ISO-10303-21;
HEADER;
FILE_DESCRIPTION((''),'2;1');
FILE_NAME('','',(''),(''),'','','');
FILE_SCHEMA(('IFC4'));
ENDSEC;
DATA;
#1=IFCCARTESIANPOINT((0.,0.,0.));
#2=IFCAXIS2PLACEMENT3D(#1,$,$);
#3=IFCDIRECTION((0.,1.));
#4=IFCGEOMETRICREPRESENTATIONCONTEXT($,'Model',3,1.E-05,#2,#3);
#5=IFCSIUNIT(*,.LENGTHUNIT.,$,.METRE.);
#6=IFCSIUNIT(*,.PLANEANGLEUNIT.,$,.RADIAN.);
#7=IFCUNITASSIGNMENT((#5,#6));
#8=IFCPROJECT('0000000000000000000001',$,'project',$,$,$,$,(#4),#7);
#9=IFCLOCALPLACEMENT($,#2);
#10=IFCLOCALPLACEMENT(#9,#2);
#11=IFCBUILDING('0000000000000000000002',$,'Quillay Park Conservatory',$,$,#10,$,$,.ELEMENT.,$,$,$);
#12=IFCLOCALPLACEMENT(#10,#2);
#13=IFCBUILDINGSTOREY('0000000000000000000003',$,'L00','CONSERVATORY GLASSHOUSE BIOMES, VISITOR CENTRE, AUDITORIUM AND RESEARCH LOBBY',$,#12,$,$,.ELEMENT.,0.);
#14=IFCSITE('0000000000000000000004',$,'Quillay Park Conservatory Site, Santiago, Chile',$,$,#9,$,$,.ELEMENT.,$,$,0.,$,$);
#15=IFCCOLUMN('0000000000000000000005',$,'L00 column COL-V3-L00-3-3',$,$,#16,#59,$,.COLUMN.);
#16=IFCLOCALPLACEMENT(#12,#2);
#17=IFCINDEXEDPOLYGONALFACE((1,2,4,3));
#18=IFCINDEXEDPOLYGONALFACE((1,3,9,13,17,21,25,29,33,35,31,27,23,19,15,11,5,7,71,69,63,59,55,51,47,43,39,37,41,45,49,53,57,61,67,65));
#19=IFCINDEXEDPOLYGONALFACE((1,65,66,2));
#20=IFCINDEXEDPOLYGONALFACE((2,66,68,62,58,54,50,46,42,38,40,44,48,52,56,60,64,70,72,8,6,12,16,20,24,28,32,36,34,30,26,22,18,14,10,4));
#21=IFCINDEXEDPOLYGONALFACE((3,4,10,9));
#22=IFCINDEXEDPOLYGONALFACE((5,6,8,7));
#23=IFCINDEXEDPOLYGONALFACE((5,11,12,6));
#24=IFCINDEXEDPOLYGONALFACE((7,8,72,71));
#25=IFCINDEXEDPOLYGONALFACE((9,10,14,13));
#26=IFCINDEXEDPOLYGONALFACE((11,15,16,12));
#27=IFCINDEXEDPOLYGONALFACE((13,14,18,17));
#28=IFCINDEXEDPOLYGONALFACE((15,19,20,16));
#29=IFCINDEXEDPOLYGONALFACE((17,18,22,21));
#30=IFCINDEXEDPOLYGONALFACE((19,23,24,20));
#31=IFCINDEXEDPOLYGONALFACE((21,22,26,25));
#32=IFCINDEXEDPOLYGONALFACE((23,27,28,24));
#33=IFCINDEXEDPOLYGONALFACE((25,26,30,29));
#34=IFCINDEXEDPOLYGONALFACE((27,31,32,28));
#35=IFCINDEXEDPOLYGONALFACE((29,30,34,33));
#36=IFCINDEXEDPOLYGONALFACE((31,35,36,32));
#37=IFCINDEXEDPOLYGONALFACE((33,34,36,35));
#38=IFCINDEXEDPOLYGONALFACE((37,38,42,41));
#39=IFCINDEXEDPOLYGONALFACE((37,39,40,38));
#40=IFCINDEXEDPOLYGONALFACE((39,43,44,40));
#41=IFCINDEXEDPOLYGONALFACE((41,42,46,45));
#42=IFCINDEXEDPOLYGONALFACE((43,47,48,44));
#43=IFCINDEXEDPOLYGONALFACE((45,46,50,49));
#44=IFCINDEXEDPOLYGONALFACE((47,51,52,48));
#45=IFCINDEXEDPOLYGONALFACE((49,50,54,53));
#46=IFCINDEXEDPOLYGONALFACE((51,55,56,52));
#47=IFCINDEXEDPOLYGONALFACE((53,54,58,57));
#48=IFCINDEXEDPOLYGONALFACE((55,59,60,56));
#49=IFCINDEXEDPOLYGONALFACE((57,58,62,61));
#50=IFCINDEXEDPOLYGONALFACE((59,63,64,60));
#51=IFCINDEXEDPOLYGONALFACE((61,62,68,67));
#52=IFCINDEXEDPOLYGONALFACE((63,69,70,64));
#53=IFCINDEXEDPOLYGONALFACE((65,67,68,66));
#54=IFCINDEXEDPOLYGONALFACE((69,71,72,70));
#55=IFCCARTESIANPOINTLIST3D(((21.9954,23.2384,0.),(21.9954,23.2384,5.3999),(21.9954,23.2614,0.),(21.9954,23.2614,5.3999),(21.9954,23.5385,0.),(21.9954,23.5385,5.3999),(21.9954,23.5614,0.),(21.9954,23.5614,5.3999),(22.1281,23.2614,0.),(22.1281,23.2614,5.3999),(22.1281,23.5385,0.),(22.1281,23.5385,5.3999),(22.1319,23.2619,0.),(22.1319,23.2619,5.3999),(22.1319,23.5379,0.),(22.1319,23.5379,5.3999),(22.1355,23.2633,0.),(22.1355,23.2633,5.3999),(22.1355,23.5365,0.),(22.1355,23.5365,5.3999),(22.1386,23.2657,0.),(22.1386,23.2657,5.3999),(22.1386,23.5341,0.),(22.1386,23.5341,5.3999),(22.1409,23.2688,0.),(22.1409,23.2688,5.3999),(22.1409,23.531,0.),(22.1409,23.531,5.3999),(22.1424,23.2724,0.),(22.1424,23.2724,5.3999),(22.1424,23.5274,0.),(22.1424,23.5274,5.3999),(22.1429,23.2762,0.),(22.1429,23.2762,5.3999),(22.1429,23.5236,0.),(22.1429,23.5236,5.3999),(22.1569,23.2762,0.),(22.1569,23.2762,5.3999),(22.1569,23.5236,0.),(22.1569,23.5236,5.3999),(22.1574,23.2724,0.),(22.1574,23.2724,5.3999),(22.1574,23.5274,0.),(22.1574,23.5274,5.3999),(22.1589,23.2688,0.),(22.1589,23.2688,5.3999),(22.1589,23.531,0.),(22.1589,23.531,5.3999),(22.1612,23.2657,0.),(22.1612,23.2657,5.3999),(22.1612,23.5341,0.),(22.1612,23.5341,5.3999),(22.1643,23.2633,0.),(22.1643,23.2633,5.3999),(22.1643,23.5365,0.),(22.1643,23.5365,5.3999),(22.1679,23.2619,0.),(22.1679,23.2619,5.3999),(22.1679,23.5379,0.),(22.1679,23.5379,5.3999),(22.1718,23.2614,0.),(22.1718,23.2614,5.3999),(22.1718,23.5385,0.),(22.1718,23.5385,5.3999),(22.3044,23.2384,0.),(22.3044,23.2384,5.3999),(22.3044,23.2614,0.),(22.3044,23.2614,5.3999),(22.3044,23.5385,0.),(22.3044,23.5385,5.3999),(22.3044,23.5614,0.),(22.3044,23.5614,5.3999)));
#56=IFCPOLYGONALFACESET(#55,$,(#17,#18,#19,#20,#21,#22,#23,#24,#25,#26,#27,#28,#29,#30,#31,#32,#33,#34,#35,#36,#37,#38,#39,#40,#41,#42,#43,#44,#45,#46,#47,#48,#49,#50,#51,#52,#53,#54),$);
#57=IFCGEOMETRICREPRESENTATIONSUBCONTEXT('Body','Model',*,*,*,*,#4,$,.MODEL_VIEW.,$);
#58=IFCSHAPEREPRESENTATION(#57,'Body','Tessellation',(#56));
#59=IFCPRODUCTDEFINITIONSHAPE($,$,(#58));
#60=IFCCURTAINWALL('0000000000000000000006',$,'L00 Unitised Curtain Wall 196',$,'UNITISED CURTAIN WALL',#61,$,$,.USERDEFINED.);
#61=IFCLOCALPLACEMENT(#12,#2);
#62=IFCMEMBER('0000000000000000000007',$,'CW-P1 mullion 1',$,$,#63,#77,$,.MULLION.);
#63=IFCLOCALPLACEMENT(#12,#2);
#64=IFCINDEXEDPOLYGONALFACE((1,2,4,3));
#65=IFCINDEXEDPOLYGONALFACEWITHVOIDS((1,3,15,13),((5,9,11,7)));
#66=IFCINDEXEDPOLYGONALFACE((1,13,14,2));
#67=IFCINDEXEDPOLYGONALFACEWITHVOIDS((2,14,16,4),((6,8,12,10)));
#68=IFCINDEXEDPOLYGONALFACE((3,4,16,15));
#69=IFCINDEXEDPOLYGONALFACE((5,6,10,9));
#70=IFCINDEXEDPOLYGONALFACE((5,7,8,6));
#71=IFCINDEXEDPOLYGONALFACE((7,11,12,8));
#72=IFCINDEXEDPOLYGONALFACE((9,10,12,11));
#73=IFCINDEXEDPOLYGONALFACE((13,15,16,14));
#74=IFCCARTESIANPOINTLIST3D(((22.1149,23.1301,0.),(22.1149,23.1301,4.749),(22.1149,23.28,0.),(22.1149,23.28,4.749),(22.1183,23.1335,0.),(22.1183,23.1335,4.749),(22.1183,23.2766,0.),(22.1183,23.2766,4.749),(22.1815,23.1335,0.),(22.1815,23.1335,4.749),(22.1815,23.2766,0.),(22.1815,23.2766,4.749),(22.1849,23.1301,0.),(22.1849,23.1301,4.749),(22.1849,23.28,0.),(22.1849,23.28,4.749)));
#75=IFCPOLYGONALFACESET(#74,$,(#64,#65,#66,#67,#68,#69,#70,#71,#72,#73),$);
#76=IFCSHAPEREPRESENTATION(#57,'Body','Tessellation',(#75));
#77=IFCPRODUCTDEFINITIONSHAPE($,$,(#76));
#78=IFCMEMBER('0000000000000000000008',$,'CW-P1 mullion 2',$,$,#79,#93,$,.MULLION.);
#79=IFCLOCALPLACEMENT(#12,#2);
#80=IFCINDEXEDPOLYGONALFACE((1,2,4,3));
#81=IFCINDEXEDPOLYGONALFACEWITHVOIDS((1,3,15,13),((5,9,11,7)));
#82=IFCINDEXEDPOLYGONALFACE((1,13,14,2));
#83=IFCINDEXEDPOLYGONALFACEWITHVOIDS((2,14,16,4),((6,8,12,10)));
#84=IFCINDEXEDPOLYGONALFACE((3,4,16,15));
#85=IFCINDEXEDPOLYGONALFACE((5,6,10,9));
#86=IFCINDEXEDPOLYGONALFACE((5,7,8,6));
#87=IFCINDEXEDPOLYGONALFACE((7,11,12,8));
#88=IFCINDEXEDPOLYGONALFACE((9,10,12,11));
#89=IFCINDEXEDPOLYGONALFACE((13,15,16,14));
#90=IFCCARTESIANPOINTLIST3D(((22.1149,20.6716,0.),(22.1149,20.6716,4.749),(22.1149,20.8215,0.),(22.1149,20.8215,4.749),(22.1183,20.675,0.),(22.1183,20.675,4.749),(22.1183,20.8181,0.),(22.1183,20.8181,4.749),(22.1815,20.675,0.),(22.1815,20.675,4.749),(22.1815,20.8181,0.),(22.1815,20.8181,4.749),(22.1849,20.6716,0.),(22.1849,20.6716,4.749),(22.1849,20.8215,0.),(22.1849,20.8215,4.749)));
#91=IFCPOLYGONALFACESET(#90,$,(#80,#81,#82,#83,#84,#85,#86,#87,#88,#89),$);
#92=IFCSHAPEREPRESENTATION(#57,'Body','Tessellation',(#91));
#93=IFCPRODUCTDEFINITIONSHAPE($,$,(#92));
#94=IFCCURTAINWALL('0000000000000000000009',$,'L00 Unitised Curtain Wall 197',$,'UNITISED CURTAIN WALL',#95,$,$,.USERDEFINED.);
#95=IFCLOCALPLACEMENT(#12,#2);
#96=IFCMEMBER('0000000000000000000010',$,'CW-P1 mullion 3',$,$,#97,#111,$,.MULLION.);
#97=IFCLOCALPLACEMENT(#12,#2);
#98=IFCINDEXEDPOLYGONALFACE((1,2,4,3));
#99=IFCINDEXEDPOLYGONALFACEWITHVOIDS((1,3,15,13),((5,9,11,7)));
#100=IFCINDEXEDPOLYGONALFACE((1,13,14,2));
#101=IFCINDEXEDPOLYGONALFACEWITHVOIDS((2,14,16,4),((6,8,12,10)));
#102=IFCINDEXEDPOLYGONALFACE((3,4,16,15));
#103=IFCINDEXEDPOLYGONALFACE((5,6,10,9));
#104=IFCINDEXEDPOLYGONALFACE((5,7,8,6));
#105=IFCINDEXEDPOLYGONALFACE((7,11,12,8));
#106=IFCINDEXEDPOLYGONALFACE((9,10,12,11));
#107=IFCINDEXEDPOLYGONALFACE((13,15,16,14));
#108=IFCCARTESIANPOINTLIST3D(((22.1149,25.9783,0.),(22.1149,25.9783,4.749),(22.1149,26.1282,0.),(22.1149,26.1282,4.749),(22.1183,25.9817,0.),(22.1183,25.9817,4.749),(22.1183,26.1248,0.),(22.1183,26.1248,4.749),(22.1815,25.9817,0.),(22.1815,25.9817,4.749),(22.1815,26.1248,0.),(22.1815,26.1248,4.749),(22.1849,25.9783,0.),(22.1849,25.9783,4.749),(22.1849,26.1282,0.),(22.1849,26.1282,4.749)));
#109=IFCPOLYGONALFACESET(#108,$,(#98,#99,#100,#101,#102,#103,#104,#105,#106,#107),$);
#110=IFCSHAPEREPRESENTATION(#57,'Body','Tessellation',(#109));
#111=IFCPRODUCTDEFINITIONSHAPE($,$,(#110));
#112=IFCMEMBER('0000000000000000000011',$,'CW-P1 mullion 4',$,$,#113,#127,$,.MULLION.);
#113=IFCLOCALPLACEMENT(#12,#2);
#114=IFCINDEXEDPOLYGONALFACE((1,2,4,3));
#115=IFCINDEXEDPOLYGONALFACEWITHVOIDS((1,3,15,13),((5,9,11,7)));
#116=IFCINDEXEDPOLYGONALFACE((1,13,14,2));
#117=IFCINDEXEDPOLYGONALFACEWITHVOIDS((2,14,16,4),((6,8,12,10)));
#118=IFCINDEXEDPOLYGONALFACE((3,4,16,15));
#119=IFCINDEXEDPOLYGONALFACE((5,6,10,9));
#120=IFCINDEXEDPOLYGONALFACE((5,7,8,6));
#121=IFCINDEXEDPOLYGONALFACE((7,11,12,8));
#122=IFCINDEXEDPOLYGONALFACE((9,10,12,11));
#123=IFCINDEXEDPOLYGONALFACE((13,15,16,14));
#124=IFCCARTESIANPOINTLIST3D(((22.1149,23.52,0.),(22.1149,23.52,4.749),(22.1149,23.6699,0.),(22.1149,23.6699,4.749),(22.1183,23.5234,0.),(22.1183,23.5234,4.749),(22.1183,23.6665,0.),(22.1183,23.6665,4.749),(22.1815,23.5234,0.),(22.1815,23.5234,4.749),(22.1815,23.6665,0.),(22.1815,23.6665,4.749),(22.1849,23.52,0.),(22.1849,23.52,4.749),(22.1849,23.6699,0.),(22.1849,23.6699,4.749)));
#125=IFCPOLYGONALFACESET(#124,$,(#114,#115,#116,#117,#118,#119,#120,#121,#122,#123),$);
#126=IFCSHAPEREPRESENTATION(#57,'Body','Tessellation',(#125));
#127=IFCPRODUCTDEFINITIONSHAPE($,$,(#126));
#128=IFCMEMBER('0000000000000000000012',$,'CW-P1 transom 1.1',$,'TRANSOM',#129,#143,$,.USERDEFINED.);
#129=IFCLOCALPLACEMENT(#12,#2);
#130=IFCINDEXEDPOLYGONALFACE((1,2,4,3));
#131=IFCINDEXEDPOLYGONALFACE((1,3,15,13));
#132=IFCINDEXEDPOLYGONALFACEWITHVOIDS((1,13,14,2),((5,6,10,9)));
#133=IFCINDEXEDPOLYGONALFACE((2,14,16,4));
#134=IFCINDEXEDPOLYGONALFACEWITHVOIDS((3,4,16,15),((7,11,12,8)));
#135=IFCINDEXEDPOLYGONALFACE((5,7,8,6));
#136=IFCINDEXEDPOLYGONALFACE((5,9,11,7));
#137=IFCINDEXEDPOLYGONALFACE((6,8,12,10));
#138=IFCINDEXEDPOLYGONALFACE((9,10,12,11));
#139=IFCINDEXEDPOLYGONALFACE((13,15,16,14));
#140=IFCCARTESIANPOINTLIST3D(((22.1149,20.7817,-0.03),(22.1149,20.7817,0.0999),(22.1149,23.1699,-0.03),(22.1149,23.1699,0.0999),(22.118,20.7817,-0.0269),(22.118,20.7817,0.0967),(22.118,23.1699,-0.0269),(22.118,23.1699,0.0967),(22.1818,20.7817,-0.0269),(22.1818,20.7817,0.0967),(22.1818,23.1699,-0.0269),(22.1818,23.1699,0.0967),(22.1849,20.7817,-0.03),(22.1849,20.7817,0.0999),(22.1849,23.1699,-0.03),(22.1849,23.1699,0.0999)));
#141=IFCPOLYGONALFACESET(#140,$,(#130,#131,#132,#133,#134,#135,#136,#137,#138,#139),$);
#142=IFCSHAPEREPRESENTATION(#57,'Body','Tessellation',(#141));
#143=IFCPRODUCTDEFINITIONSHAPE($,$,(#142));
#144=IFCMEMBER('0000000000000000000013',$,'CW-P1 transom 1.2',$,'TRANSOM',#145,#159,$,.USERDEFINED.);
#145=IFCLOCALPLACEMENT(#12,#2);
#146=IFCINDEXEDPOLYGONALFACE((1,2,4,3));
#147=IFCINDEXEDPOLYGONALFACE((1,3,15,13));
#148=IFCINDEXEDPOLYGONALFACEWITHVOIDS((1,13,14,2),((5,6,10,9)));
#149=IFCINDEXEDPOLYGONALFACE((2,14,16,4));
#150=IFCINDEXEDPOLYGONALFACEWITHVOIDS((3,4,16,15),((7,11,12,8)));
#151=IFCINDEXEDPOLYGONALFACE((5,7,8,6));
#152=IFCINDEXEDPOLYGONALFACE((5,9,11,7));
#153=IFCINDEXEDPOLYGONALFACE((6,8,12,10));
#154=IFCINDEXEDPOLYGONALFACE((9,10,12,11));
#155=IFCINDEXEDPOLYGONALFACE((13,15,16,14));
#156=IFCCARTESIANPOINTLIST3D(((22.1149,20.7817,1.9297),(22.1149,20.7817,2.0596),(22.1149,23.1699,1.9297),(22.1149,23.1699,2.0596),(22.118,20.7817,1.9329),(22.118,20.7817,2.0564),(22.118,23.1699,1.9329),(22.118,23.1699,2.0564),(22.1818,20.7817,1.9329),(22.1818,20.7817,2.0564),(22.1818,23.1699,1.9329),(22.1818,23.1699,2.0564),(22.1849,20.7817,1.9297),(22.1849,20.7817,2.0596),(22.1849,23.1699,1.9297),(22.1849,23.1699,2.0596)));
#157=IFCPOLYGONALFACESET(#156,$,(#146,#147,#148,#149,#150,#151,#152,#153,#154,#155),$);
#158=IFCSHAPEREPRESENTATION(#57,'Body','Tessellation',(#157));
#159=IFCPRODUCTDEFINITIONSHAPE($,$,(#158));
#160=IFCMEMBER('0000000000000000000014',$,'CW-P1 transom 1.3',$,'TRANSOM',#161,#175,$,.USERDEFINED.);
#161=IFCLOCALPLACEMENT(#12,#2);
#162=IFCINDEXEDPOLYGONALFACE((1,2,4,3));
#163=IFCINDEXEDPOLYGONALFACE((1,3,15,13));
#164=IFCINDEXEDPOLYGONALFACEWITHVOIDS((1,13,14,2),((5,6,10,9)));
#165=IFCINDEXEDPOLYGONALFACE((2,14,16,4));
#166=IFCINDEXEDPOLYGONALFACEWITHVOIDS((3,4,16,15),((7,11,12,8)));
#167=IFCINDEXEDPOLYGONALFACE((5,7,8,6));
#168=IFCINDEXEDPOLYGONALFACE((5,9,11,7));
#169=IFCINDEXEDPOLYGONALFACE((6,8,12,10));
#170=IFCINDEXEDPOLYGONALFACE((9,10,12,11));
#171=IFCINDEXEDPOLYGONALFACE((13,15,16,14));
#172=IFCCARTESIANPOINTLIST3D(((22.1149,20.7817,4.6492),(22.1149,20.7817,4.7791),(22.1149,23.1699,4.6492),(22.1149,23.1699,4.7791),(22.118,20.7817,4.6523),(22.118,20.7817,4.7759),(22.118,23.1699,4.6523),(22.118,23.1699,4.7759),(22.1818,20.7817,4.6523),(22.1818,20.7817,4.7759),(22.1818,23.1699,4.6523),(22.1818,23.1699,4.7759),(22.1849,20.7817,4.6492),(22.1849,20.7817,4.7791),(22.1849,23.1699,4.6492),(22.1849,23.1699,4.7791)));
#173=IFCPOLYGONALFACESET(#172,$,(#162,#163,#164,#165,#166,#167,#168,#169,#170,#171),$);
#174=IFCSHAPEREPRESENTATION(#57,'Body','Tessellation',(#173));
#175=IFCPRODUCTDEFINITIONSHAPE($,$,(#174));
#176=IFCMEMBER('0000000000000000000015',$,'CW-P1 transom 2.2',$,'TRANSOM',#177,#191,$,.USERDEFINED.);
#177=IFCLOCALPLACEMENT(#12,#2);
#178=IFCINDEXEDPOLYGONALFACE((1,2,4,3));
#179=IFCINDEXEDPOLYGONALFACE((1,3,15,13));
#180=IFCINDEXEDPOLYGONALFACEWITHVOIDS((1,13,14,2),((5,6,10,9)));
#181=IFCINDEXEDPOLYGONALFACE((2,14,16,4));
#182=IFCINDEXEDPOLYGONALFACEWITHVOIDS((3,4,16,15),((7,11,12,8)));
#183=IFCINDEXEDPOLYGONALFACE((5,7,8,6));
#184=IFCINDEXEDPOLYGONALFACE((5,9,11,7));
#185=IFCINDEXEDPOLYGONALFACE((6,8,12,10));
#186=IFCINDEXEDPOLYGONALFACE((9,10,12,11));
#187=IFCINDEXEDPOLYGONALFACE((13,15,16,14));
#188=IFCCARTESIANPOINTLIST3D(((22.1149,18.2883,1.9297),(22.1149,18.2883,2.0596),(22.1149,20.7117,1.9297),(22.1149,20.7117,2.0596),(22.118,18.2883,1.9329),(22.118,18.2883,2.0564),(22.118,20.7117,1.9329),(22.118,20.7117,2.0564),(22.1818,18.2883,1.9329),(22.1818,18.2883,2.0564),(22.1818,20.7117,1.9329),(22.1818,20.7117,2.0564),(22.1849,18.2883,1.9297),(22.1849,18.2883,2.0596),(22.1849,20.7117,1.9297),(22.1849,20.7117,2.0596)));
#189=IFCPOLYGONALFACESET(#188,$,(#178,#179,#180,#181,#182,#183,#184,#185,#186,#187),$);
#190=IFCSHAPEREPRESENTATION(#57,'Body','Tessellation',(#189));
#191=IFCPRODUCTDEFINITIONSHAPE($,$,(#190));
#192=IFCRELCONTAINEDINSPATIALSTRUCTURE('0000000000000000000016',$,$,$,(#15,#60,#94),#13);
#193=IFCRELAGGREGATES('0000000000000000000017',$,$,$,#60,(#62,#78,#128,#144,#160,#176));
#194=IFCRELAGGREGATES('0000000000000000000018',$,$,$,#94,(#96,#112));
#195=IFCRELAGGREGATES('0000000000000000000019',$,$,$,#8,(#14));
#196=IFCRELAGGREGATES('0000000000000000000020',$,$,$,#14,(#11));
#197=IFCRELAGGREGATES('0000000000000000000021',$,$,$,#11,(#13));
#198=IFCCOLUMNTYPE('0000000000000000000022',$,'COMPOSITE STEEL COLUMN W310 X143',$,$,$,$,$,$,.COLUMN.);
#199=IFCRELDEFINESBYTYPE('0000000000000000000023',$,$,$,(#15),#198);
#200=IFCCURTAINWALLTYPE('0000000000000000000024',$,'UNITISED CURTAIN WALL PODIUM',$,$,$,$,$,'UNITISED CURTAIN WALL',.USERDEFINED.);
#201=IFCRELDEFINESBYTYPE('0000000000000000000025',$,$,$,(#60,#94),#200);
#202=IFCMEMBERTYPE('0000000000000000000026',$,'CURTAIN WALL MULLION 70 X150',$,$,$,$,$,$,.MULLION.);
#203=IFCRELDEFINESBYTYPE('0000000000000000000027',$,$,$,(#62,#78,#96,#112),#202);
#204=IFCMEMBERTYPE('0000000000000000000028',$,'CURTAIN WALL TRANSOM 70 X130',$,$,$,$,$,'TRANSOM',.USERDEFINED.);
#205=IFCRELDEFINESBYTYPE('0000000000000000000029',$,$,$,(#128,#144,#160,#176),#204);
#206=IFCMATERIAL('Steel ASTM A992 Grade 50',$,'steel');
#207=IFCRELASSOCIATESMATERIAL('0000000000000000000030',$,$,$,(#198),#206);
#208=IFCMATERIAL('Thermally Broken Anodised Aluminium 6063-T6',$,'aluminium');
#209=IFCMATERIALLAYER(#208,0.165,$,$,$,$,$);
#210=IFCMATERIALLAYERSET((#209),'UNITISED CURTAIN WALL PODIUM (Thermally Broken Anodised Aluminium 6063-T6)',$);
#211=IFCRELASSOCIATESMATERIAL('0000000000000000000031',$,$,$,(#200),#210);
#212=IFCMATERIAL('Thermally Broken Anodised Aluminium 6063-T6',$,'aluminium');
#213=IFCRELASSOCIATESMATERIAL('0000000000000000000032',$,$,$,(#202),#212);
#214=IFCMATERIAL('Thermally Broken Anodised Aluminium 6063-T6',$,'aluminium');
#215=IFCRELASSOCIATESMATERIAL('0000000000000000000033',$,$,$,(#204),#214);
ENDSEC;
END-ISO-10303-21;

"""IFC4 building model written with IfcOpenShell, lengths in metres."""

from ifc_helpers import new_model, si_unit, direction, frame, origin, origin_2d, place, context, subcontext, project, spatial, hollow_rectangle, i_section, extrude, material, layer, layer_set, material_profile, profile_set, type_object, element, aggregate, save


model = new_model("IFC4")

# Units and contexts
model_context = context("Model", 3, precision=1e-05, world=origin(), true_north=direction((0.0, 1.0)))
body_context = subcontext(model_context, "Body", "Model", "MODEL_VIEW")
ifc_project = project(units=[si_unit("LENGTHUNIT", "METRE"), si_unit("PLANEANGLEUNIT", "RADIAN")], contexts=[model_context])

# Site, building, storey
site_placement = place(None, origin())
site = spatial("IfcSite", under=ifc_project, at=site_placement, Name="Quillay Park Conservatory Site, Santiago, Chile", CompositionType="ELEMENT", RefElevation=0.0)
building_placement = place(site_placement, origin())
building = spatial("IfcBuilding", under=site, at=building_placement, Name="Quillay Park Conservatory", CompositionType="ELEMENT")
storey_placement = place(building_placement, origin())
storey = spatial("IfcBuildingStorey", under=building, at=storey_placement, Name="L00", Description="CONSERVATORY GLASSHOUSE BIOMES, VISITOR CENTRE, AUDITORIUM AND RESEARCH LOBBY", CompositionType="ELEMENT", Elevation=0.0)

# Column
ifc_material_1 = material(Name="Steel ASTM A992 Grade 50", Category="steel")
ifc_material_profile_1 = material_profile(ifc_material_1, i_section(OverallWidth=0.3091, OverallDepth=0.323, WebThickness=0.0139, FlangeThickness=0.0229, FilletRadius=0.0149, at=origin_2d()), Name="W310x143")
ifc_profile_set_1 = profile_set([ifc_material_profile_1], Name="Steel ASTM A992 Grade 50")
column_type = type_object("IfcColumnType", Name="COMPOSITE STEEL COLUMN W310 X143", PredefinedType="COLUMN", material=ifc_profile_set_1)
column_placement = place(storey_placement, frame((22.1499, 23.3999, 0.0), z_axis=(0.0, 0.0, 1.0), x_axis=(1.0, 0.0, 0.0)))
element("IfcColumn", 1, at=column_placement, inside=storey, type_object=column_type, Name="L00 column COL-V3-L00-3-3", PredefinedType="COLUMN", context=body_context, shape_type="SweptSolid", body=[
    extrude(i_section(OverallWidth=0.3091, OverallDepth=0.323, WebThickness=0.0139, FlangeThickness=0.0229, FilletRadius=0.0149, at=origin_2d()), origin(), (0.0, 0.0, 1.0), 5.3999),
])

# Curtain walls, members
ifc_material_2 = material(Name="Thermally Broken Anodised Aluminium 6063-T6", Category="aluminium")
ifc_layer_1 = layer(ifc_material_2, 0.165)
ifc_layer_set_1 = layer_set([ifc_layer_1], Name="UNITISED CURTAIN WALL PODIUM (Thermally Broken Anodised Aluminium 6063-T6)")
curtain_wall_type = type_object("IfcCurtainWallType", Name="UNITISED CURTAIN WALL PODIUM", ElementType="UNITISED CURTAIN WALL", PredefinedType="USERDEFINED", material=ifc_layer_set_1)
curtain_wall_1_placement = place(storey_placement, origin())
curtain_wall_1 = element("IfcCurtainWall", 2, at=curtain_wall_1_placement, inside=storey, type_object=curtain_wall_type, Name="L00 Unitised Curtain Wall 196", ObjectType="UNITISED CURTAIN WALL", PredefinedType="USERDEFINED")
ifc_material_3 = material(Name="Thermally Broken Anodised Aluminium 6063-T6", Category="aluminium")
ifc_material_profile_2 = material_profile(ifc_material_3, hollow_rectangle(XDim=0.0701, YDim=0.1499, WallThickness=0.0034, at=origin_2d()), Name="AL70x150x3.5")
ifc_profile_set_2 = profile_set([ifc_material_profile_2], Name="Thermally Broken Anodised Aluminium 6063-T6")
member_type_1 = type_object("IfcMemberType", Name="CURTAIN WALL MULLION 70 X150", PredefinedType="MULLION", material=ifc_profile_set_2)
member_1_placement = place(storey_placement, frame((22.1499, 23.2051, 0.0), z_axis=(0.0, 0.0, 1.0), x_axis=(1.0, 0.0, 0.0)))
member_1 = element("IfcMember", 3, at=member_1_placement, type_object=member_type_1, Name="CW-P1 mullion 1", PredefinedType="MULLION", context=body_context, shape_type="SweptSolid", body=[
    extrude(hollow_rectangle(XDim=0.0701, YDim=0.1499, WallThickness=0.0034, at=origin_2d()), origin(), (0.0, 0.0, 1.0), 4.749),
])
member_2_placement = place(storey_placement, frame((22.1499, 20.7466, 0.0), z_axis=(0.0, 0.0, 1.0), x_axis=(1.0, 0.0, 0.0)))
member_2 = element("IfcMember", 4, at=member_2_placement, type_object=member_type_1, Name="CW-P1 mullion 2", PredefinedType="MULLION", context=body_context, shape_type="SweptSolid", body=[
    extrude(hollow_rectangle(XDim=0.0701, YDim=0.1499, WallThickness=0.0034, at=origin_2d()), origin(), (0.0, 0.0, 1.0), 4.749),
])
curtain_wall_2_placement = place(storey_placement, origin())
curtain_wall_2 = element("IfcCurtainWall", 5, at=curtain_wall_2_placement, inside=storey, type_object=curtain_wall_type, Name="L00 Unitised Curtain Wall 197", ObjectType="UNITISED CURTAIN WALL", PredefinedType="USERDEFINED")
member_3_placement = place(storey_placement, frame((22.1499, 26.0532, 0.0), z_axis=(0.0, 0.0, 1.0), x_axis=(1.0, 0.0, 0.0)))
member_3 = element("IfcMember", 6, at=member_3_placement, type_object=member_type_1, Name="CW-P1 mullion 3", PredefinedType="MULLION", context=body_context, shape_type="SweptSolid", body=[
    extrude(hollow_rectangle(XDim=0.0701, YDim=0.1499, WallThickness=0.0034, at=origin_2d()), origin(), (0.0, 0.0, 1.0), 4.749),
])
member_4_placement = place(storey_placement, frame((22.1499, 23.595, 0.0), z_axis=(0.0, 0.0, 1.0), x_axis=(1.0, 0.0, 0.0)))
member_4 = element("IfcMember", 7, at=member_4_placement, type_object=member_type_1, Name="CW-P1 mullion 4", PredefinedType="MULLION", context=body_context, shape_type="SweptSolid", body=[
    extrude(hollow_rectangle(XDim=0.0701, YDim=0.1499, WallThickness=0.0034, at=origin_2d()), origin(), (0.0, 0.0, 1.0), 4.749),
])

# Members
ifc_material_4 = material(Name="Thermally Broken Anodised Aluminium 6063-T6", Category="aluminium")
ifc_material_profile_3 = material_profile(ifc_material_4, hollow_rectangle(XDim=0.0701, YDim=0.1299, WallThickness=0.0032, at=origin_2d()), Name="AL70x130x3.2")
ifc_profile_set_3 = profile_set([ifc_material_profile_3], Name="Thermally Broken Anodised Aluminium 6063-T6")
member_type_2 = type_object("IfcMemberType", Name="CURTAIN WALL TRANSOM 70 X130", ElementType="TRANSOM", PredefinedType="USERDEFINED", material=ifc_profile_set_3)
member_5_placement = place(storey_placement, frame((22.1499, 23.1699, 0.0349), z_axis=(0.0, -1.0, 0.0), x_axis=(1.0, 0.0, 0.0)))
member_5 = element("IfcMember", 8, at=member_5_placement, type_object=member_type_2, Name="CW-P1 transom 1.1", ObjectType="TRANSOM", PredefinedType="USERDEFINED", context=body_context, shape_type="SweptSolid", body=[
    extrude(hollow_rectangle(XDim=0.0701, YDim=0.1299, WallThickness=0.0032, at=origin_2d()), origin(), (0.0, 0.0, 1.0), 2.3882),
])
member_6_placement = place(storey_placement, frame((22.1499, 23.1699, 1.9946), z_axis=(0.0, -1.0, 0.0), x_axis=(1.0, 0.0, 0.0)))
member_6 = element("IfcMember", 9, at=member_6_placement, type_object=member_type_2, Name="CW-P1 transom 1.2", ObjectType="TRANSOM", PredefinedType="USERDEFINED", context=body_context, shape_type="SweptSolid", body=[
    extrude(hollow_rectangle(XDim=0.0701, YDim=0.1299, WallThickness=0.0032, at=origin_2d()), origin(), (0.0, 0.0, 1.0), 2.3882),
])
member_7_placement = place(storey_placement, frame((22.1499, 23.1699, 4.7141), z_axis=(0.0, -1.0, 0.0), x_axis=(1.0, 0.0, 0.0)))
member_7 = element("IfcMember", 10, at=member_7_placement, type_object=member_type_2, Name="CW-P1 transom 1.3", ObjectType="TRANSOM", PredefinedType="USERDEFINED", context=body_context, shape_type="SweptSolid", body=[
    extrude(hollow_rectangle(XDim=0.0701, YDim=0.1299, WallThickness=0.0032, at=origin_2d()), origin(), (0.0, 0.0, 1.0), 2.3882),
])
member_8_placement = place(storey_placement, frame((22.1499, 20.7117, 1.9946), z_axis=(0.0, -1.0, 0.0), x_axis=(1.0, 0.0, 0.0)))
member_8 = element("IfcMember", 11, at=member_8_placement, type_object=member_type_2, Name="CW-P1 transom 2.2", ObjectType="TRANSOM", PredefinedType="USERDEFINED", context=body_context, shape_type="SweptSolid", body=[
    extrude(hollow_rectangle(XDim=0.0701, YDim=0.1299, WallThickness=0.0032, at=origin_2d()), origin(), (0.0, 0.0, 1.0), 2.4233),
])

aggregate(curtain_wall_1, [member_1, member_2, member_5, member_6, member_7, member_8])
aggregate(curtain_wall_2, [member_3, member_4])

save(model, "model.ifc")
